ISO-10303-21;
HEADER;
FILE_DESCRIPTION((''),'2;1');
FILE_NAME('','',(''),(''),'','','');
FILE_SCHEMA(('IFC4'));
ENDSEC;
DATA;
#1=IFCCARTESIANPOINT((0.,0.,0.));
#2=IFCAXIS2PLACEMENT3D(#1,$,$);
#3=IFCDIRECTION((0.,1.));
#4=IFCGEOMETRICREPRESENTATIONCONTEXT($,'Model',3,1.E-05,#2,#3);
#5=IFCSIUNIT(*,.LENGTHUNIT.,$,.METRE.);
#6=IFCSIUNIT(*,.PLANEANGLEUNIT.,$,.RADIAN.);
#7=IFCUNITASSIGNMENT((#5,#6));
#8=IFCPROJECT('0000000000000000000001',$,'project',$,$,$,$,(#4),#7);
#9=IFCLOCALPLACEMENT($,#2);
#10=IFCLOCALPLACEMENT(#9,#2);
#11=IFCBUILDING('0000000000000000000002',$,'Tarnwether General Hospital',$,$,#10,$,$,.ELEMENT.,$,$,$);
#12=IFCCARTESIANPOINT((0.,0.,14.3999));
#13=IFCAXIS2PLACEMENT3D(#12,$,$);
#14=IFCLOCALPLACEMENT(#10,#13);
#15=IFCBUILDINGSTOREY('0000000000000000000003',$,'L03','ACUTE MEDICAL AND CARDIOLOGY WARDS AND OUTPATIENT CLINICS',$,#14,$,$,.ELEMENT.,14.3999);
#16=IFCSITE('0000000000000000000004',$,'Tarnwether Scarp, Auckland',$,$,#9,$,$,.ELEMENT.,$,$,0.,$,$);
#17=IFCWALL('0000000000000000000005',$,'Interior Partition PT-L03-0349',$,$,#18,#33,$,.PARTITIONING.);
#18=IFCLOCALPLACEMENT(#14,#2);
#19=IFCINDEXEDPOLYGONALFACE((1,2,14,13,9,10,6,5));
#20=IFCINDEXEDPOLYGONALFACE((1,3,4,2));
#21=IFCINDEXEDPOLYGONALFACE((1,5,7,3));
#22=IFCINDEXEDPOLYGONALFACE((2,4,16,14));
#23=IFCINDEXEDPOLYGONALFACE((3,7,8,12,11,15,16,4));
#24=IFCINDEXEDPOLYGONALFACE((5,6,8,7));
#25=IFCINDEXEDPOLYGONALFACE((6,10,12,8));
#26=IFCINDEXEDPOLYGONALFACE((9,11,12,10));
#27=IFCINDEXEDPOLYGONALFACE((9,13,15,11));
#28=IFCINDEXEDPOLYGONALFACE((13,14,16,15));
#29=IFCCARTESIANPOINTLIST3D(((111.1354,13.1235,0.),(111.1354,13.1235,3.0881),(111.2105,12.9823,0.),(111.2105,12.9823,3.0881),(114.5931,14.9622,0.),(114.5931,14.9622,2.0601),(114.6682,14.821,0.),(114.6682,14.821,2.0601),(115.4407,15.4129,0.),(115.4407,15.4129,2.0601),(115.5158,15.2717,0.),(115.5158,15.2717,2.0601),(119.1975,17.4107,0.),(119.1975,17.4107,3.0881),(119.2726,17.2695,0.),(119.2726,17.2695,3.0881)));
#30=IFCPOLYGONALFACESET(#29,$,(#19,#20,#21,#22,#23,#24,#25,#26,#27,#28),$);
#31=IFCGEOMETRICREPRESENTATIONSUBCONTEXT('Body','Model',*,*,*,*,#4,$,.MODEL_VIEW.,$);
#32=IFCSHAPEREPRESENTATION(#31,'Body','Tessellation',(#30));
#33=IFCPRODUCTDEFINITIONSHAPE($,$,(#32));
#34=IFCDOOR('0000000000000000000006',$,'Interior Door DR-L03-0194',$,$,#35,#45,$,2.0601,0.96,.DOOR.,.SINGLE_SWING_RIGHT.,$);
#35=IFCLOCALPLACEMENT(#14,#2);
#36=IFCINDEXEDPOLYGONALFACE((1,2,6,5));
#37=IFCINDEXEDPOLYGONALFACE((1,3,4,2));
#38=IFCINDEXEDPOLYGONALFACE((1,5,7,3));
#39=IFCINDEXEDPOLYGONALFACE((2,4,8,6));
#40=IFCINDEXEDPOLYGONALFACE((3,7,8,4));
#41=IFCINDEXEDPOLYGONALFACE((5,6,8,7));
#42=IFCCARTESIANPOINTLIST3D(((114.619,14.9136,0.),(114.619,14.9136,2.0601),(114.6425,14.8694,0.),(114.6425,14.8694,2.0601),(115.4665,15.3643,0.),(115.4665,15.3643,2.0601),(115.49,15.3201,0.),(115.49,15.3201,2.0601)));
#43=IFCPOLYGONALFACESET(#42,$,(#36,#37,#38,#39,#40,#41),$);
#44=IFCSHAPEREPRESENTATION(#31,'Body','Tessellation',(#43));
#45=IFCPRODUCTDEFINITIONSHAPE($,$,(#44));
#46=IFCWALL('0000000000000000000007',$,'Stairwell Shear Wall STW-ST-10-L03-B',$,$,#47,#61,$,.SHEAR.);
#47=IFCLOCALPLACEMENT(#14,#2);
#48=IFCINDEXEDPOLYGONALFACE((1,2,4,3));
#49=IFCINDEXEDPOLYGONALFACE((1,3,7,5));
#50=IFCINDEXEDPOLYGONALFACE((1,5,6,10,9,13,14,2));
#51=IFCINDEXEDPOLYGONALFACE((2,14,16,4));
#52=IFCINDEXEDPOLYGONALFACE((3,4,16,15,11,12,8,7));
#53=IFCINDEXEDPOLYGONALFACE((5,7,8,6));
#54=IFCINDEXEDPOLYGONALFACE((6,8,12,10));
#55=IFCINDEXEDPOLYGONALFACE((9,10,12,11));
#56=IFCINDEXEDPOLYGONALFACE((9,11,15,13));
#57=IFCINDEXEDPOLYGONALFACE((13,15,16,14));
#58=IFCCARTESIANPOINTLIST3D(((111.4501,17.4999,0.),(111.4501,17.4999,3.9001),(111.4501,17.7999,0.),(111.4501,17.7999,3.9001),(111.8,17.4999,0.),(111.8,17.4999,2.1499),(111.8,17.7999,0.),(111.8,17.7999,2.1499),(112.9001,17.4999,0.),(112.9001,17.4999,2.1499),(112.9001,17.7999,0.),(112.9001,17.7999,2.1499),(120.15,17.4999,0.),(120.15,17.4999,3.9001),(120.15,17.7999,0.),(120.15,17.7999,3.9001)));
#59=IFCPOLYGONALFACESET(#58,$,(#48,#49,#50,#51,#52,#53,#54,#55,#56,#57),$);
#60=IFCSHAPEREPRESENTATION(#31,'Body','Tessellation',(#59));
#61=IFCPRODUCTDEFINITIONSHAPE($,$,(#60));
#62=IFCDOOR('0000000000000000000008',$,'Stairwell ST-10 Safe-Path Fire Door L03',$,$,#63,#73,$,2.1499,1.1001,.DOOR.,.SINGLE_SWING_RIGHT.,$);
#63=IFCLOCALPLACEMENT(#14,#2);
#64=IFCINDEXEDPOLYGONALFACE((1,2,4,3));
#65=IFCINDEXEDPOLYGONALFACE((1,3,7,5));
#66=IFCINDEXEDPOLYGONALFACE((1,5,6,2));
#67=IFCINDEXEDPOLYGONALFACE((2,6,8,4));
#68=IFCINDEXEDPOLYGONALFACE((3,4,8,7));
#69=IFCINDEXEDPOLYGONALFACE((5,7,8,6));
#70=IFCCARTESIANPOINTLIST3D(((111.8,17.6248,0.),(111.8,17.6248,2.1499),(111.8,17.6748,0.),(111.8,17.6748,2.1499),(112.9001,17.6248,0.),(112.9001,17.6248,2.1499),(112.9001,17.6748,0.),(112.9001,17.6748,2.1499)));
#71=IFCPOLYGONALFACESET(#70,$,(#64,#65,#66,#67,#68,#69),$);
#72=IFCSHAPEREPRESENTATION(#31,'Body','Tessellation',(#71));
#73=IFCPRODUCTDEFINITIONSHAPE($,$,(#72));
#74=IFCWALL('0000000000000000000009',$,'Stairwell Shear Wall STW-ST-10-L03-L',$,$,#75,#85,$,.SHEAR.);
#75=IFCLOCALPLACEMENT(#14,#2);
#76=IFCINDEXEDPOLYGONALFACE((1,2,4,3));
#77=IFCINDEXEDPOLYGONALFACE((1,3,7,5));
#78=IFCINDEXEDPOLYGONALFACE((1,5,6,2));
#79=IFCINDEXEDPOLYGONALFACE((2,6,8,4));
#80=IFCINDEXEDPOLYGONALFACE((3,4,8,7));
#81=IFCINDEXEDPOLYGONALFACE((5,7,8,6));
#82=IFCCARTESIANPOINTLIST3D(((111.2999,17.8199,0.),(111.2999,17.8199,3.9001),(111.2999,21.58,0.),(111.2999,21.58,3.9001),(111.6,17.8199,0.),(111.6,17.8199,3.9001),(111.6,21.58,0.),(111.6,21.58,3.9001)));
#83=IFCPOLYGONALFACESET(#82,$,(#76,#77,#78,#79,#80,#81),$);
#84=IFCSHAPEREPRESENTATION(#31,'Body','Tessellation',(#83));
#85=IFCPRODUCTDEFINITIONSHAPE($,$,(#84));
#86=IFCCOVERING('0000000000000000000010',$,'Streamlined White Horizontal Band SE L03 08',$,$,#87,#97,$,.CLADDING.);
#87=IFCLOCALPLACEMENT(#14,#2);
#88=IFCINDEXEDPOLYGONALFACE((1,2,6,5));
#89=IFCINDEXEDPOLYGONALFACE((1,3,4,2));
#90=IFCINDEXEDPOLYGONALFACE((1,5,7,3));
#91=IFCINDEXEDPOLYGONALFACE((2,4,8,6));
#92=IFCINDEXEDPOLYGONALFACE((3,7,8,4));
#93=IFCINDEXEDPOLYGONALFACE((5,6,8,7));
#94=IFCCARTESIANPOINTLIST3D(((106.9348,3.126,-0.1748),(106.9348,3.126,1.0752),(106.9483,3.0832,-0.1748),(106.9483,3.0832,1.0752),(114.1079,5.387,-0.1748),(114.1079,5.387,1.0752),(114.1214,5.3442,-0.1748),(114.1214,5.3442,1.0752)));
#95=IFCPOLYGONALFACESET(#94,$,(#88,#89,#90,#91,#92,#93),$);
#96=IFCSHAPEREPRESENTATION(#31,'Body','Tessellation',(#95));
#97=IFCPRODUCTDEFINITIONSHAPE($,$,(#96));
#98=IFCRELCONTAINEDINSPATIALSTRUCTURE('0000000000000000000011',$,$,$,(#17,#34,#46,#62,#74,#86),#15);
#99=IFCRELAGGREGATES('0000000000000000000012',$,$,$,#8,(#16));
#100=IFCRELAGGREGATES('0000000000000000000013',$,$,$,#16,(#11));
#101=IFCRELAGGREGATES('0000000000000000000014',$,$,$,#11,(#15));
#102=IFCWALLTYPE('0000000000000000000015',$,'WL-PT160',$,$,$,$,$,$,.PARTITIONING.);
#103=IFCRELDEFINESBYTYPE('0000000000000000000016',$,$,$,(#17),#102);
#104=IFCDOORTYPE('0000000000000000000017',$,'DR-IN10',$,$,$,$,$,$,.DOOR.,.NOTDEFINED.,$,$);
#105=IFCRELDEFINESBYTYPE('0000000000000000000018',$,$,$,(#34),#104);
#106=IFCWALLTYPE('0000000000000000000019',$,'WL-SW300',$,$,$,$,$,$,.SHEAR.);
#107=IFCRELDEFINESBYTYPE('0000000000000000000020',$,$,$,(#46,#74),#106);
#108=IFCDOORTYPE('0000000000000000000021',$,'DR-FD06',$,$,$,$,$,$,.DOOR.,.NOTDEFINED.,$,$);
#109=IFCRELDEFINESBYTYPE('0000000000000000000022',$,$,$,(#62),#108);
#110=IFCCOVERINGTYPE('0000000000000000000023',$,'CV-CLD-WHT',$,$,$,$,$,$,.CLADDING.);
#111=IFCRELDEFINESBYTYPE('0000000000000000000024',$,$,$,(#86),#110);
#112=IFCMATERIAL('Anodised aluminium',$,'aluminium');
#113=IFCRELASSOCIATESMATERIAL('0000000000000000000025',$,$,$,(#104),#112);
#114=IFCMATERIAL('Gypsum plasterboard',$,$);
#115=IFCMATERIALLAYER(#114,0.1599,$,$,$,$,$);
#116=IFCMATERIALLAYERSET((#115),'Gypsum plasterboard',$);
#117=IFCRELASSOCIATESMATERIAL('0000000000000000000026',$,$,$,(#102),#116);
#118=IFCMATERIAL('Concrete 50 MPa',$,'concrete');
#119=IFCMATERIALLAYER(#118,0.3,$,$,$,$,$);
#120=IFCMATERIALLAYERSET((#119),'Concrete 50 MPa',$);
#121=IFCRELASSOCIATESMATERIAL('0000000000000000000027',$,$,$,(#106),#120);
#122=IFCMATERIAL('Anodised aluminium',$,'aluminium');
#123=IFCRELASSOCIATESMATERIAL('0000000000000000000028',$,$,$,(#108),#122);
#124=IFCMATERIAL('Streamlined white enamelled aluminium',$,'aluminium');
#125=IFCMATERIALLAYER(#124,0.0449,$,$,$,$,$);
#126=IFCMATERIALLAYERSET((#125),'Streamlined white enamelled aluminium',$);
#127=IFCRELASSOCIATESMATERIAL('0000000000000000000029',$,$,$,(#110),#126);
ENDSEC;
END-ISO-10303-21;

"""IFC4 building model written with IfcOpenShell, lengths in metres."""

from ifc_helpers import new_model, si_unit, direction, frame, frame_2d, origin, origin_2d, place, context, subcontext, project, spatial, rectangle, extrude, material, layer, layer_set, type_object, element, fill, save


model = new_model("IFC4")

# Units and contexts
model_context = context("Model", 3, precision=1e-05, world=origin(), true_north=direction((0.0, 1.0)))
body_context = subcontext(model_context, "Body", "Model", "MODEL_VIEW")
ifc_project = project(units=[si_unit("LENGTHUNIT", "METRE"), si_unit("PLANEANGLEUNIT", "RADIAN")], contexts=[model_context])

# Site, building, storey
site_placement = place(None, origin())
site = spatial("IfcSite", under=ifc_project, at=site_placement, Name="Tarnwether Scarp, Auckland", CompositionType="ELEMENT", RefElevation=0.0)
building_placement = place(site_placement, origin())
building = spatial("IfcBuilding", under=site, at=building_placement, Name="Tarnwether General Hospital", CompositionType="ELEMENT")
storey_placement = place(building_placement, frame((0.0, 0.0, 14.3999)))
storey = spatial("IfcBuildingStorey", under=building, at=storey_placement, Name="L03", Description="ACUTE MEDICAL AND CARDIOLOGY WARDS AND OUTPATIENT CLINICS", CompositionType="ELEMENT", Elevation=14.3999)

# Shared definitions
ifc_material_1 = material(Name="Anodised aluminium", Category="aluminium")
door_type_1 = type_object("IfcDoorType", Name="DR-IN10", OperationType="NOTDEFINED", PredefinedType="DOOR", material=ifc_material_1)

# Walls, openings, doors
ifc_material_2 = material(Name="Gypsum plasterboard")
ifc_layer_1 = layer(ifc_material_2, 0.1599)
ifc_layer_set_1 = layer_set([ifc_layer_1], Name="Gypsum plasterboard")
wall_type_1 = type_object("IfcWallType", Name="WL-PT160", PredefinedType="PARTITIONING", material=ifc_layer_set_1)
wall_1_placement = place(storey_placement, frame((111.1731, 13.053, 0.0), z_axis=(0.0, 0.0, 1.0), x_axis=(0.882927, 0.469511, 0.0)))
wall_1 = element("IfcWall", 1, at=wall_1_placement, inside=storey, type_object=wall_type_1, Name="Interior Partition PT-L03-0349", PredefinedType="PARTITIONING", context=body_context, shape_type="SweptSolid", body=[
    extrude(rectangle(XDim=9.1311, YDim=0.1599, at=frame_2d((4.5654, 0.0))), origin(), (0.0, 0.0, 1.0), 3.0881),
])
opening_1_placement = place(wall_1_placement, frame((3.916, 0.0, 0.0)))
opening_1 = element("IfcOpeningElement", 2, at=opening_1_placement, cuts=wall_1, PredefinedType="OPENING", context=body_context, shape_type="SweptSolid", body=[
    extrude(rectangle(XDim=0.96, YDim=2.0601, at=frame_2d((0.48, 1.03))), frame((0.0, 0.0898, 0.0), z_axis=(0.0, -1.0, 0.0), x_axis=(1.0, 0.0, 0.0)), (0.0, 0.0, 1.0), 0.1799),
])
door_1_placement = place(opening_1_placement, origin())
door_1 = element("IfcDoor", 3, at=door_1_placement, inside=storey, type_object=door_type_1, Name="Interior Door DR-L03-0194", OperationType="SINGLE_SWING_RIGHT", OverallHeight=2.0601, OverallWidth=0.96, PredefinedType="DOOR", context=body_context, shape_type="SweptSolid", body=[
    extrude(rectangle(XDim=0.96, YDim=2.0601, at=frame_2d((0.48, 1.03))), frame((0.0, 0.0249, 0.0), z_axis=(0.0, -1.0, 0.0), x_axis=(1.0, 0.0, 0.0)), (0.0, 0.0, 1.0), 0.05),
])
fill(opening_1, door_1)
ifc_material_3 = material(Name="Concrete 50 MPa", Category="concrete")
ifc_layer_2 = layer(ifc_material_3, 0.3)
ifc_layer_set_2 = layer_set([ifc_layer_2], Name="Concrete 50 MPa")
wall_type_2 = type_object("IfcWallType", Name="WL-SW300", PredefinedType="SHEAR", material=ifc_layer_set_2)
wall_2_placement = place(storey_placement, frame((111.45, 17.6499, 0.0), z_axis=(0.0, 0.0, 1.0), x_axis=(1.0, 0.0, 0.0)))
wall_2 = element("IfcWall", 4, at=wall_2_placement, inside=storey, type_object=wall_type_2, Name="Stairwell Shear Wall STW-ST-10-L03-B", PredefinedType="SHEAR", context=body_context, shape_type="SweptSolid", body=[
    extrude(rectangle(XDim=8.7, YDim=0.3, at=frame_2d((4.3501, 0.0))), origin(), (0.0, 0.0, 1.0), 3.9001),
])
opening_2_placement = place(wall_2_placement, frame((0.3501, 0.0, 0.0)))
opening_2 = element("IfcOpeningElement", 5, at=opening_2_placement, cuts=wall_2, PredefinedType="OPENING", context=body_context, shape_type="SweptSolid", body=[
    extrude(rectangle(XDim=1.1001, YDim=2.1499, at=frame_2d((0.55, 1.075))), frame((0.0, 0.1602, 0.0), z_axis=(0.0, -1.0, 0.0), x_axis=(1.0, 0.0, 0.0)), (0.0, 0.0, 1.0), 0.3201),
])
ifc_material_4 = material(Name="Anodised aluminium", Category="aluminium")
door_type_2 = type_object("IfcDoorType", Name="DR-FD06", OperationType="NOTDEFINED", PredefinedType="DOOR", material=ifc_material_4)
door_2_placement = place(opening_2_placement, origin())
door_2 = element("IfcDoor", 6, at=door_2_placement, inside=storey, type_object=door_type_2, Name="Stairwell ST-10 Safe-Path Fire Door L03", OperationType="SINGLE_SWING_RIGHT", OverallHeight=2.1499, OverallWidth=1.1001, PredefinedType="DOOR", context=body_context, shape_type="SweptSolid", body=[
    extrude(rectangle(XDim=1.1001, YDim=2.1499, at=frame_2d((0.55, 1.075))), frame((0.0, 0.0249, 0.0), z_axis=(0.0, -1.0, 0.0), x_axis=(1.0, 0.0, 0.0)), (0.0, 0.0, 1.0), 0.05),
])
fill(opening_2, door_2)

# Wall
wall_3_placement = place(storey_placement, frame((111.45, 17.8201, 0.0), z_axis=(0.0, 0.0, 1.0), x_axis=(0.0, 1.0, 0.0)))
element("IfcWall", 7, at=wall_3_placement, inside=storey, type_object=wall_type_2, Name="Stairwell Shear Wall STW-ST-10-L03-L", PredefinedType="SHEAR", context=body_context, shape_type="SweptSolid", body=[
    extrude(rectangle(XDim=3.76, YDim=0.3, at=frame_2d((1.8799, 0.0))), origin(), (0.0, 0.0, 1.0), 3.9001),
])

# Covering
ifc_material_5 = material(Name="Streamlined white enamelled aluminium", Category="aluminium")
ifc_layer_3 = layer(ifc_material_5, 0.0449)
ifc_layer_set_3 = layer_set([ifc_layer_3], Name="Streamlined white enamelled aluminium")
covering_type = type_object("IfcCoveringType", Name="CV-CLD-WHT", PredefinedType="CLADDING", material=ifc_layer_set_3)
covering_placement = place(storey_placement, frame((110.5281, 4.2351, -0.1748), z_axis=(0.0, 0.0, 1.0), x_axis=(-0.953743, -0.300623, 0.0)))
element("IfcCovering", 8, at=covering_placement, inside=storey, type_object=covering_type, Name="Streamlined White Horizontal Band SE L03 08", PredefinedType="CLADDING", context=body_context, shape_type="SweptSolid", body=[
    extrude(rectangle(XDim=7.521, YDim=0.0449, at=origin_2d()), origin(), (0.0, 0.0, 1.0), 1.25),
])

save(model, "model.ifc")
